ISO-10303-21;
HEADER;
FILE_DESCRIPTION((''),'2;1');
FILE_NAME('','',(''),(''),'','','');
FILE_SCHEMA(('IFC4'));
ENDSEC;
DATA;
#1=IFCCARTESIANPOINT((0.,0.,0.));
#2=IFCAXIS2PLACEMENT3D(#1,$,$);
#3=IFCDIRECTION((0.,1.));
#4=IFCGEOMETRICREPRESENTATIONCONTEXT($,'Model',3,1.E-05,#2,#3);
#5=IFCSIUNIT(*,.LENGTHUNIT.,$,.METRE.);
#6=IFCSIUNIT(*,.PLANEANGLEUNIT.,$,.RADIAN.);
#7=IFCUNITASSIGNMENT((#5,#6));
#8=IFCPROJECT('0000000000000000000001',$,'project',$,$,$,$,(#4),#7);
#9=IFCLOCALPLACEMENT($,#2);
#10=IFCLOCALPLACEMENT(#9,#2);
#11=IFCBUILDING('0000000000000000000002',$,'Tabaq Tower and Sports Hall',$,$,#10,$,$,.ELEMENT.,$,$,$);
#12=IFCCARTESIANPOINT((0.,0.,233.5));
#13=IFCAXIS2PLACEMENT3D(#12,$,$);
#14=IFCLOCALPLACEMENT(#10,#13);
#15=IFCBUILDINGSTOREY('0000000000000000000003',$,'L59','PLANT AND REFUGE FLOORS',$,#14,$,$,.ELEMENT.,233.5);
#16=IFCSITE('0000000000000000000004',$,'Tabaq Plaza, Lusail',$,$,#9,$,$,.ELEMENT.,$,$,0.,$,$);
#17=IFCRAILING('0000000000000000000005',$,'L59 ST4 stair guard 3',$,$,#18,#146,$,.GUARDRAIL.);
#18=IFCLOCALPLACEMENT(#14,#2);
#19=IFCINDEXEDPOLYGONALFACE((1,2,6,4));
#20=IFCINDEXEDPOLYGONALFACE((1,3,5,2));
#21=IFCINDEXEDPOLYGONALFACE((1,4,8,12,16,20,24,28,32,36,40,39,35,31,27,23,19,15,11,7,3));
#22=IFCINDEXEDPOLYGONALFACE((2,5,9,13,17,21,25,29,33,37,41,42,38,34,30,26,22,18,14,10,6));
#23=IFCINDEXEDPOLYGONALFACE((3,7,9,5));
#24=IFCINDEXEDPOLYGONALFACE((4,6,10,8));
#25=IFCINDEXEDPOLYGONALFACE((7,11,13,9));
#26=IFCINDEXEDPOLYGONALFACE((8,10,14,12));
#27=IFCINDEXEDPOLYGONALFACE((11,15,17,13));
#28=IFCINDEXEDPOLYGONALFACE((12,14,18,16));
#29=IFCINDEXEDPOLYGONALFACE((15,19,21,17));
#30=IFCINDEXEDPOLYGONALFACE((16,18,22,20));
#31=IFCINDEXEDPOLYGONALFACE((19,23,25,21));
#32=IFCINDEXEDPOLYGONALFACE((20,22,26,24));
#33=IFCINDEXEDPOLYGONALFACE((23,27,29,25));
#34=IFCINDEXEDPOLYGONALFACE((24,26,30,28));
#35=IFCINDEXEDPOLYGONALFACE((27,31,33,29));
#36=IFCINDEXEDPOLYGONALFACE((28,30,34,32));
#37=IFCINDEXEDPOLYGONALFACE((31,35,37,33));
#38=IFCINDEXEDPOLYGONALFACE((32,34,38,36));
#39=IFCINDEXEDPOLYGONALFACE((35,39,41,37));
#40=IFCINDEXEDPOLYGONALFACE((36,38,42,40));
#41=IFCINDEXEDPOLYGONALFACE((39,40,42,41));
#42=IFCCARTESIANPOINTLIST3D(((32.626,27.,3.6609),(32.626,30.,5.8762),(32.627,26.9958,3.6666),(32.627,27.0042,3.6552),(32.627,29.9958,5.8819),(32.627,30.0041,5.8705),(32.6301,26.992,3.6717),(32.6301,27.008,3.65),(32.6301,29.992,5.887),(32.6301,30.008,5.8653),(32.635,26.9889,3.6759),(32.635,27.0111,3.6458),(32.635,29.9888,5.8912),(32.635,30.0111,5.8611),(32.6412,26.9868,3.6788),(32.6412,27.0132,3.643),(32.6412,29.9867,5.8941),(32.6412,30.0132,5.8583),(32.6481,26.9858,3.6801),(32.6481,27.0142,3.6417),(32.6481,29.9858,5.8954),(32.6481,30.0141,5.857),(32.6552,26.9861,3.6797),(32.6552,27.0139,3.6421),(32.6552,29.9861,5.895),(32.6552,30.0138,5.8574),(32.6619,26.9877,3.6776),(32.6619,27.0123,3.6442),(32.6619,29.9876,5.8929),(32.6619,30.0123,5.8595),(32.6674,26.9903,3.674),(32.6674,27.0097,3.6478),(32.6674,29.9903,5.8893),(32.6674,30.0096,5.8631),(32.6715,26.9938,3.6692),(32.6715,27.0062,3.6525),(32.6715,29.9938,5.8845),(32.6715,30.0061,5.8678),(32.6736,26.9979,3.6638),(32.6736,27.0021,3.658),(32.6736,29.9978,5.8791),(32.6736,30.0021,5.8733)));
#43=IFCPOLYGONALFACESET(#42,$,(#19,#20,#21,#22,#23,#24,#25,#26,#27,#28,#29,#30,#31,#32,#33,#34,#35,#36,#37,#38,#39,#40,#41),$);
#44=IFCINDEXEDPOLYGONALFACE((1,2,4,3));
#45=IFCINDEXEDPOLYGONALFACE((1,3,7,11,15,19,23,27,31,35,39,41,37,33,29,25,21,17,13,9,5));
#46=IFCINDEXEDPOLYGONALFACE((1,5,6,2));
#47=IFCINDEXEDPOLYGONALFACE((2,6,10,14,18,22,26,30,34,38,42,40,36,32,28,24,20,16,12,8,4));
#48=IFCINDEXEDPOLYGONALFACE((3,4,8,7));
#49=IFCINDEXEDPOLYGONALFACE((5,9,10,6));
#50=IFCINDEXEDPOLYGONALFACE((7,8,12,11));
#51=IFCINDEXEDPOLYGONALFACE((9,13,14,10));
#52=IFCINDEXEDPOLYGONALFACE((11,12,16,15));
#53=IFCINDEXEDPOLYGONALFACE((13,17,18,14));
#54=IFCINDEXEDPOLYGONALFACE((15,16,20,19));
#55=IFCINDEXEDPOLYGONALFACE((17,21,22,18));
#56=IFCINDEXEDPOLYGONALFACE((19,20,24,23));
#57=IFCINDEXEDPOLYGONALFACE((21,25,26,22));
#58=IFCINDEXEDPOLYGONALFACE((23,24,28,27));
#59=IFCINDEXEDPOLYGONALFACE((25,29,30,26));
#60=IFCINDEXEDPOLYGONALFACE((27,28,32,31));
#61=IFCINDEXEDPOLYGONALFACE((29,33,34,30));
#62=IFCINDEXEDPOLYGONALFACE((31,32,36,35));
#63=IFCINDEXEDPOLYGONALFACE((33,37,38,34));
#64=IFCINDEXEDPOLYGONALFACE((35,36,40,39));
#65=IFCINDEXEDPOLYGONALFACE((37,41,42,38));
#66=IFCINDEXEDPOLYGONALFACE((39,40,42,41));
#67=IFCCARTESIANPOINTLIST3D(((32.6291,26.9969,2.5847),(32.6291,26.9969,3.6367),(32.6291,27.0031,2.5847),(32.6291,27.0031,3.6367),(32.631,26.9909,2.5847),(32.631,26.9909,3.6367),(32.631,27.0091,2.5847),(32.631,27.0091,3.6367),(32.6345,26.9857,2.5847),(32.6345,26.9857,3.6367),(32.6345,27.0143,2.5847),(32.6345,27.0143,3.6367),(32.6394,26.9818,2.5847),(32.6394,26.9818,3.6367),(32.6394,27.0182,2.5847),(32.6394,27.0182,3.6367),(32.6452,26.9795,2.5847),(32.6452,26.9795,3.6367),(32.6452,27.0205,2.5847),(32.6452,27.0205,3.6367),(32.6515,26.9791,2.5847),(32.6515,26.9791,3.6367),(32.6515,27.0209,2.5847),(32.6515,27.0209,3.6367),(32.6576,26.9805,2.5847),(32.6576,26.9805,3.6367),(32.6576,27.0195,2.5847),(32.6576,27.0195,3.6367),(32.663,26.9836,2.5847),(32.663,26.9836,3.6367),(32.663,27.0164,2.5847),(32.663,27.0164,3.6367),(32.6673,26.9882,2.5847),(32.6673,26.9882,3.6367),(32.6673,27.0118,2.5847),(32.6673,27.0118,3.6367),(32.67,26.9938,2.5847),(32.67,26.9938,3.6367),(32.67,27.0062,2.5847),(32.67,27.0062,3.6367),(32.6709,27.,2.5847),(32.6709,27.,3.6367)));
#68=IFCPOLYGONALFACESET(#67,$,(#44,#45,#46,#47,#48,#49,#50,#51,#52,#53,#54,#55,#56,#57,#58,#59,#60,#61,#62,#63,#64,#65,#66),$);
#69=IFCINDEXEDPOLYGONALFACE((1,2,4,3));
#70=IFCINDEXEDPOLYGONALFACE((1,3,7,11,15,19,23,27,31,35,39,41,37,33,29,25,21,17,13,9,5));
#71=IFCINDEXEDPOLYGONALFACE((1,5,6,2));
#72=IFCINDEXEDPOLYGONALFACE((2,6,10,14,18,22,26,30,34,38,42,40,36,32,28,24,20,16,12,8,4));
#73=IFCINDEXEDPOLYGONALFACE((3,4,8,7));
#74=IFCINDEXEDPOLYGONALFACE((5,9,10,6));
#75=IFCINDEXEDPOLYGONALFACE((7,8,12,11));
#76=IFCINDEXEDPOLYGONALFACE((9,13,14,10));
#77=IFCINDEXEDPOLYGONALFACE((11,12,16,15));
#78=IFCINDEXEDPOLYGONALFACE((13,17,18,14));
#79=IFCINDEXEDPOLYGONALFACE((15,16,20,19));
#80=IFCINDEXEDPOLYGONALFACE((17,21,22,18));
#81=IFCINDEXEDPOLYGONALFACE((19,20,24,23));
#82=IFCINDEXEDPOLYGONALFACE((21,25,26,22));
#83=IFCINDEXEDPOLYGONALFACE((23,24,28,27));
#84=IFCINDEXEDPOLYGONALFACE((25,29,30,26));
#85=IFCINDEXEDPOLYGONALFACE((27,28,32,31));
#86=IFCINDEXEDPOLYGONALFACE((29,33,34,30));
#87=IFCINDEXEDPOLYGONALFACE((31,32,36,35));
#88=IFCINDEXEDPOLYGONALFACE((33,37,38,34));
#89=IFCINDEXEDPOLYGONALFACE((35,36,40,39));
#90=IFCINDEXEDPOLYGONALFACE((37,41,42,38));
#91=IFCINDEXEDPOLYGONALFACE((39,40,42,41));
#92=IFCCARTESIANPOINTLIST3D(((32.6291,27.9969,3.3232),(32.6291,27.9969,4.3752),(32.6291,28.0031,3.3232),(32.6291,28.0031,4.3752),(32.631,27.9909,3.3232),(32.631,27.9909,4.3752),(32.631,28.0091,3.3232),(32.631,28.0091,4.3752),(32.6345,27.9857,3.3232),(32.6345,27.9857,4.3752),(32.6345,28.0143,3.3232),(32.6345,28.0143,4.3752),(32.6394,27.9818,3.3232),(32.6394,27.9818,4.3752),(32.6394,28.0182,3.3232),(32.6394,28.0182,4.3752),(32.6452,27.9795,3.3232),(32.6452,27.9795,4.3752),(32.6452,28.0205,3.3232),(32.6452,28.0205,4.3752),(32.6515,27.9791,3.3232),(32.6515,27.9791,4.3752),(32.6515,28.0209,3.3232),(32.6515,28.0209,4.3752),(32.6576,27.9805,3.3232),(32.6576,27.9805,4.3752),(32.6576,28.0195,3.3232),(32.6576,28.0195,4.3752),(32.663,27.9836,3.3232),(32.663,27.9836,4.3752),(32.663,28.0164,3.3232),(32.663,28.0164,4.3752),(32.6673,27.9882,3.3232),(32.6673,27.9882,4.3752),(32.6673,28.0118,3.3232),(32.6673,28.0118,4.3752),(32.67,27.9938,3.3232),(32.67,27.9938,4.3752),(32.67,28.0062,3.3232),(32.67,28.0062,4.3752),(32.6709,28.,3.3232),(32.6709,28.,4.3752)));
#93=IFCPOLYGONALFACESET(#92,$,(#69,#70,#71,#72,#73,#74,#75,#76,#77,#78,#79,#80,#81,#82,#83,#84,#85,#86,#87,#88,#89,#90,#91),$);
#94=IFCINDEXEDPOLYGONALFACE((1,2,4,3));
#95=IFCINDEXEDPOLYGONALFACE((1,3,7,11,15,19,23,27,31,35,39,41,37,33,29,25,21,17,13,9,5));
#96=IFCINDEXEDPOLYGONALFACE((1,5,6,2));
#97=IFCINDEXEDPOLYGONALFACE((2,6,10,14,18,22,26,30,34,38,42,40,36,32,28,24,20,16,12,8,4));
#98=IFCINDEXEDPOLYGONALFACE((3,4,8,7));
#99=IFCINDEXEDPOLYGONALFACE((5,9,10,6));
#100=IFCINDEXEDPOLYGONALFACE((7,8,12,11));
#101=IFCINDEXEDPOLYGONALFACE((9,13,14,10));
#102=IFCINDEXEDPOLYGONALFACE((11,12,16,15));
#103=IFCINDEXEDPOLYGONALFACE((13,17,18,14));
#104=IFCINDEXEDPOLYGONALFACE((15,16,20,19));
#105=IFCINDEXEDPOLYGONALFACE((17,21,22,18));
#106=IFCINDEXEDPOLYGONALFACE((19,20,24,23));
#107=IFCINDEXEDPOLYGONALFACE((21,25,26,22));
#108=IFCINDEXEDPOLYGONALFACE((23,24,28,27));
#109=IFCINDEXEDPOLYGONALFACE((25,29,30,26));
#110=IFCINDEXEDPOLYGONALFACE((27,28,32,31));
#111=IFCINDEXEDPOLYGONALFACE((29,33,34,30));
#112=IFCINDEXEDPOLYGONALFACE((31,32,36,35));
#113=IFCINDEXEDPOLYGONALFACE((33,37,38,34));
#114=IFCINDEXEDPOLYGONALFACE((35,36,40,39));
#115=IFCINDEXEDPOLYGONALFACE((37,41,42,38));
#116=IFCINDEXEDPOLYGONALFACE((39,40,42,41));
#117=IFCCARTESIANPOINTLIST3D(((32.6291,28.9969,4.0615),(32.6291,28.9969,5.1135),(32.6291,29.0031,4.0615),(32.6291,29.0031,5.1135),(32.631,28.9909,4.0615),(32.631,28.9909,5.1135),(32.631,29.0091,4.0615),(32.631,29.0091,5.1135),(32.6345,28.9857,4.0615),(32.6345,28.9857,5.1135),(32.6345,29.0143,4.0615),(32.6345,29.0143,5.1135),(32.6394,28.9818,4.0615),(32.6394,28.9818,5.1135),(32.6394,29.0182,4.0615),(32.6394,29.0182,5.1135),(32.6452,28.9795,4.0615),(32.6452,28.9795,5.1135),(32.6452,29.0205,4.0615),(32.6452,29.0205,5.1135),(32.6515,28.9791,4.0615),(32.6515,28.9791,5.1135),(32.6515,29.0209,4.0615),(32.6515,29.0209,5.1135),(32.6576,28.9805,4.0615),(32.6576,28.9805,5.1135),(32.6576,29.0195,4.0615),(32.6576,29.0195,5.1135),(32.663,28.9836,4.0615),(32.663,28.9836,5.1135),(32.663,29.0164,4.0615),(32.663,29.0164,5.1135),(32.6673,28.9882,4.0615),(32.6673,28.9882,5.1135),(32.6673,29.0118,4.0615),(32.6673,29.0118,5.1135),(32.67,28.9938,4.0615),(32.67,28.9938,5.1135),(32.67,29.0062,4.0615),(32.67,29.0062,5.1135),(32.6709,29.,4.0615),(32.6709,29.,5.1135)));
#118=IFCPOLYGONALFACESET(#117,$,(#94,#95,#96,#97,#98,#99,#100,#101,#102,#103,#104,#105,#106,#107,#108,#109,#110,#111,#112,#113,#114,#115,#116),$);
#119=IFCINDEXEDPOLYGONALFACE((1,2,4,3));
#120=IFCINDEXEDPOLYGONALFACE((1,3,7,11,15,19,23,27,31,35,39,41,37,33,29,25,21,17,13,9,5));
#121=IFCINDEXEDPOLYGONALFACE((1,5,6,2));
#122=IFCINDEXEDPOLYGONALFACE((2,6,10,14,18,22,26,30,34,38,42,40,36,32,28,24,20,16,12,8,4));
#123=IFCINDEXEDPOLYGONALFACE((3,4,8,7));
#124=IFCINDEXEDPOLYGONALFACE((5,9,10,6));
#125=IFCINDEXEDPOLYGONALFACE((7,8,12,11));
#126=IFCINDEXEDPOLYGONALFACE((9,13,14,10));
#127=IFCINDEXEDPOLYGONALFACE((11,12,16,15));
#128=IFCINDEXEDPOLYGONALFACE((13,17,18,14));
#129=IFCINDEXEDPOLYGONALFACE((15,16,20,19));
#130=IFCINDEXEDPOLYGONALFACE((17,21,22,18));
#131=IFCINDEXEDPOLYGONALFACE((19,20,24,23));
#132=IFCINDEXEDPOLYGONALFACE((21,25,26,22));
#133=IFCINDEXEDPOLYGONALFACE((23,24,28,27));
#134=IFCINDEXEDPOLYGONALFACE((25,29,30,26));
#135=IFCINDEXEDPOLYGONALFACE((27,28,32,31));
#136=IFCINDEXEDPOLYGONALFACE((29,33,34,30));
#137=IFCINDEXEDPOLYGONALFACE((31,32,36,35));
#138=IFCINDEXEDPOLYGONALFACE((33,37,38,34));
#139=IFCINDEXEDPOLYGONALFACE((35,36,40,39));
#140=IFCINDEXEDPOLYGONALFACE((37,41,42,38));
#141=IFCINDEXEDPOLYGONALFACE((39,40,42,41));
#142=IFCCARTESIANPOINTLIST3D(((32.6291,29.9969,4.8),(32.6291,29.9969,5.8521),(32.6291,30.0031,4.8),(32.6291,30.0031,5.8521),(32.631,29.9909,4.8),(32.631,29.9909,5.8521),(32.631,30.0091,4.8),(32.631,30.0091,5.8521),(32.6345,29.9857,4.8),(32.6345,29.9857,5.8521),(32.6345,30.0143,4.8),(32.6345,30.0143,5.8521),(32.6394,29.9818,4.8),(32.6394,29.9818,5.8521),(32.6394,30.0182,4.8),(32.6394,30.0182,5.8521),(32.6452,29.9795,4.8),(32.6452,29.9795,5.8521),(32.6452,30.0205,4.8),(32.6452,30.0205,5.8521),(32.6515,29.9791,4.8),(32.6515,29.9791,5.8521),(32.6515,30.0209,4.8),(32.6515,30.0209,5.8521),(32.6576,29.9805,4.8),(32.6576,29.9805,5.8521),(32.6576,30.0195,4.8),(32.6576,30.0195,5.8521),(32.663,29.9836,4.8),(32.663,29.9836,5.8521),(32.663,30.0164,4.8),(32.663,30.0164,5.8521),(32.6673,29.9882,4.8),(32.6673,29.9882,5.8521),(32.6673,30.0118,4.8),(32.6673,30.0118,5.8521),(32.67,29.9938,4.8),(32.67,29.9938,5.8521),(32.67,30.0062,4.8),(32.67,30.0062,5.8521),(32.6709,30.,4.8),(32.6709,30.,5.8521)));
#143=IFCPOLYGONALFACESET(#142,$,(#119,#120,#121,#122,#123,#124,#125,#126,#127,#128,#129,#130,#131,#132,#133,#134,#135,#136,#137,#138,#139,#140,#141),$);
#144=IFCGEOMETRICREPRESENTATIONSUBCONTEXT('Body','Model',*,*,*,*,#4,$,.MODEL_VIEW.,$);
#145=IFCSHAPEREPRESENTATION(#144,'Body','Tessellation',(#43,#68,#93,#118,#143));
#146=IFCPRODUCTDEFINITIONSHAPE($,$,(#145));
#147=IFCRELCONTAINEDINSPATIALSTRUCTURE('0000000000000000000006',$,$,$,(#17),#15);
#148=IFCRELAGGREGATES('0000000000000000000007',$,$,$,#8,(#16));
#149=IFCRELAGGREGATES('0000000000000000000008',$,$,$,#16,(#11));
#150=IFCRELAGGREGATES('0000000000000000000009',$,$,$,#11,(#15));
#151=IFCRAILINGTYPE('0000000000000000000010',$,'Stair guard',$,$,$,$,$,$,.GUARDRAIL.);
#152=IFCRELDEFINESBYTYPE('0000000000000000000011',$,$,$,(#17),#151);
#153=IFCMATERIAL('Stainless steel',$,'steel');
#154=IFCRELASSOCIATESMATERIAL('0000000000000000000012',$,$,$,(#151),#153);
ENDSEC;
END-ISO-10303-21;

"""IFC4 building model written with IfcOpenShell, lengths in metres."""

from ifc_helpers import new_model, si_unit, direction, frame, origin, origin_2d, place, context, subcontext, project, spatial, circle, extrude, material, type_object, element, save


model = new_model("IFC4")

# Units and contexts
model_context = context("Model", 3, precision=1e-05, world=origin(), true_north=direction((0.0, 1.0)))
body_context = subcontext(model_context, "Body", "Model", "MODEL_VIEW")
ifc_project = project(units=[si_unit("LENGTHUNIT", "METRE"), si_unit("PLANEANGLEUNIT", "RADIAN")], contexts=[model_context])

# Site, building, storey
site_placement = place(None, origin())
site = spatial("IfcSite", under=ifc_project, at=site_placement, Name="Tabaq Plaza, Lusail", CompositionType="ELEMENT", RefElevation=0.0)
building_placement = place(site_placement, origin())
building = spatial("IfcBuilding", under=site, at=building_placement, Name="Tabaq Tower and Sports Hall", CompositionType="ELEMENT")
storey_placement = place(building_placement, frame((0.0, 0.0, 233.5)))
storey = spatial("IfcBuildingStorey", under=building, at=storey_placement, Name="L59", Description="PLANT AND REFUGE FLOORS", CompositionType="ELEMENT", Elevation=233.5)

# Railing
ifc_material_1 = material(Name="Stainless steel", Category="steel")
railing_type_1 = type_object("IfcRailingType", Name="Stair guard", PredefinedType="GUARDRAIL", material=ifc_material_1)
railing_1_placement = place(storey_placement, frame((32.6499, 27.0, 2.5847)))
element("IfcRailing", 1, at=railing_1_placement, inside=storey, type_object=railing_type_1, Name="L59 ST4 stair guard 3", PredefinedType="GUARDRAIL", context=body_context, shape_type="SweptSolid", body=[
    extrude(circle(Radius=0.0239, at=origin_2d()), frame((0.0, 0.0, 1.0762), z_axis=(0.0, 0.80444, 0.594034), x_axis=(-1.0, 0.0, 0.0)), (0.0, 0.0, 1.0), 3.7292),
    extrude(circle(Radius=0.021, at=origin_2d()), origin(), (0.0, 0.0, 1.0), 1.052),
    extrude(circle(Radius=0.021, at=origin_2d()), frame((0.0, 1.0, 0.7385)), (0.0, 0.0, 1.0), 1.052),
    extrude(circle(Radius=0.021, at=origin_2d()), frame((0.0, 2.0, 1.4768)), (0.0, 0.0, 1.0), 1.052),
    extrude(circle(Radius=0.021, at=origin_2d()), frame((0.0, 3.0, 2.2153)), (0.0, 0.0, 1.0), 1.052),
])

save(model, "model.ifc")
